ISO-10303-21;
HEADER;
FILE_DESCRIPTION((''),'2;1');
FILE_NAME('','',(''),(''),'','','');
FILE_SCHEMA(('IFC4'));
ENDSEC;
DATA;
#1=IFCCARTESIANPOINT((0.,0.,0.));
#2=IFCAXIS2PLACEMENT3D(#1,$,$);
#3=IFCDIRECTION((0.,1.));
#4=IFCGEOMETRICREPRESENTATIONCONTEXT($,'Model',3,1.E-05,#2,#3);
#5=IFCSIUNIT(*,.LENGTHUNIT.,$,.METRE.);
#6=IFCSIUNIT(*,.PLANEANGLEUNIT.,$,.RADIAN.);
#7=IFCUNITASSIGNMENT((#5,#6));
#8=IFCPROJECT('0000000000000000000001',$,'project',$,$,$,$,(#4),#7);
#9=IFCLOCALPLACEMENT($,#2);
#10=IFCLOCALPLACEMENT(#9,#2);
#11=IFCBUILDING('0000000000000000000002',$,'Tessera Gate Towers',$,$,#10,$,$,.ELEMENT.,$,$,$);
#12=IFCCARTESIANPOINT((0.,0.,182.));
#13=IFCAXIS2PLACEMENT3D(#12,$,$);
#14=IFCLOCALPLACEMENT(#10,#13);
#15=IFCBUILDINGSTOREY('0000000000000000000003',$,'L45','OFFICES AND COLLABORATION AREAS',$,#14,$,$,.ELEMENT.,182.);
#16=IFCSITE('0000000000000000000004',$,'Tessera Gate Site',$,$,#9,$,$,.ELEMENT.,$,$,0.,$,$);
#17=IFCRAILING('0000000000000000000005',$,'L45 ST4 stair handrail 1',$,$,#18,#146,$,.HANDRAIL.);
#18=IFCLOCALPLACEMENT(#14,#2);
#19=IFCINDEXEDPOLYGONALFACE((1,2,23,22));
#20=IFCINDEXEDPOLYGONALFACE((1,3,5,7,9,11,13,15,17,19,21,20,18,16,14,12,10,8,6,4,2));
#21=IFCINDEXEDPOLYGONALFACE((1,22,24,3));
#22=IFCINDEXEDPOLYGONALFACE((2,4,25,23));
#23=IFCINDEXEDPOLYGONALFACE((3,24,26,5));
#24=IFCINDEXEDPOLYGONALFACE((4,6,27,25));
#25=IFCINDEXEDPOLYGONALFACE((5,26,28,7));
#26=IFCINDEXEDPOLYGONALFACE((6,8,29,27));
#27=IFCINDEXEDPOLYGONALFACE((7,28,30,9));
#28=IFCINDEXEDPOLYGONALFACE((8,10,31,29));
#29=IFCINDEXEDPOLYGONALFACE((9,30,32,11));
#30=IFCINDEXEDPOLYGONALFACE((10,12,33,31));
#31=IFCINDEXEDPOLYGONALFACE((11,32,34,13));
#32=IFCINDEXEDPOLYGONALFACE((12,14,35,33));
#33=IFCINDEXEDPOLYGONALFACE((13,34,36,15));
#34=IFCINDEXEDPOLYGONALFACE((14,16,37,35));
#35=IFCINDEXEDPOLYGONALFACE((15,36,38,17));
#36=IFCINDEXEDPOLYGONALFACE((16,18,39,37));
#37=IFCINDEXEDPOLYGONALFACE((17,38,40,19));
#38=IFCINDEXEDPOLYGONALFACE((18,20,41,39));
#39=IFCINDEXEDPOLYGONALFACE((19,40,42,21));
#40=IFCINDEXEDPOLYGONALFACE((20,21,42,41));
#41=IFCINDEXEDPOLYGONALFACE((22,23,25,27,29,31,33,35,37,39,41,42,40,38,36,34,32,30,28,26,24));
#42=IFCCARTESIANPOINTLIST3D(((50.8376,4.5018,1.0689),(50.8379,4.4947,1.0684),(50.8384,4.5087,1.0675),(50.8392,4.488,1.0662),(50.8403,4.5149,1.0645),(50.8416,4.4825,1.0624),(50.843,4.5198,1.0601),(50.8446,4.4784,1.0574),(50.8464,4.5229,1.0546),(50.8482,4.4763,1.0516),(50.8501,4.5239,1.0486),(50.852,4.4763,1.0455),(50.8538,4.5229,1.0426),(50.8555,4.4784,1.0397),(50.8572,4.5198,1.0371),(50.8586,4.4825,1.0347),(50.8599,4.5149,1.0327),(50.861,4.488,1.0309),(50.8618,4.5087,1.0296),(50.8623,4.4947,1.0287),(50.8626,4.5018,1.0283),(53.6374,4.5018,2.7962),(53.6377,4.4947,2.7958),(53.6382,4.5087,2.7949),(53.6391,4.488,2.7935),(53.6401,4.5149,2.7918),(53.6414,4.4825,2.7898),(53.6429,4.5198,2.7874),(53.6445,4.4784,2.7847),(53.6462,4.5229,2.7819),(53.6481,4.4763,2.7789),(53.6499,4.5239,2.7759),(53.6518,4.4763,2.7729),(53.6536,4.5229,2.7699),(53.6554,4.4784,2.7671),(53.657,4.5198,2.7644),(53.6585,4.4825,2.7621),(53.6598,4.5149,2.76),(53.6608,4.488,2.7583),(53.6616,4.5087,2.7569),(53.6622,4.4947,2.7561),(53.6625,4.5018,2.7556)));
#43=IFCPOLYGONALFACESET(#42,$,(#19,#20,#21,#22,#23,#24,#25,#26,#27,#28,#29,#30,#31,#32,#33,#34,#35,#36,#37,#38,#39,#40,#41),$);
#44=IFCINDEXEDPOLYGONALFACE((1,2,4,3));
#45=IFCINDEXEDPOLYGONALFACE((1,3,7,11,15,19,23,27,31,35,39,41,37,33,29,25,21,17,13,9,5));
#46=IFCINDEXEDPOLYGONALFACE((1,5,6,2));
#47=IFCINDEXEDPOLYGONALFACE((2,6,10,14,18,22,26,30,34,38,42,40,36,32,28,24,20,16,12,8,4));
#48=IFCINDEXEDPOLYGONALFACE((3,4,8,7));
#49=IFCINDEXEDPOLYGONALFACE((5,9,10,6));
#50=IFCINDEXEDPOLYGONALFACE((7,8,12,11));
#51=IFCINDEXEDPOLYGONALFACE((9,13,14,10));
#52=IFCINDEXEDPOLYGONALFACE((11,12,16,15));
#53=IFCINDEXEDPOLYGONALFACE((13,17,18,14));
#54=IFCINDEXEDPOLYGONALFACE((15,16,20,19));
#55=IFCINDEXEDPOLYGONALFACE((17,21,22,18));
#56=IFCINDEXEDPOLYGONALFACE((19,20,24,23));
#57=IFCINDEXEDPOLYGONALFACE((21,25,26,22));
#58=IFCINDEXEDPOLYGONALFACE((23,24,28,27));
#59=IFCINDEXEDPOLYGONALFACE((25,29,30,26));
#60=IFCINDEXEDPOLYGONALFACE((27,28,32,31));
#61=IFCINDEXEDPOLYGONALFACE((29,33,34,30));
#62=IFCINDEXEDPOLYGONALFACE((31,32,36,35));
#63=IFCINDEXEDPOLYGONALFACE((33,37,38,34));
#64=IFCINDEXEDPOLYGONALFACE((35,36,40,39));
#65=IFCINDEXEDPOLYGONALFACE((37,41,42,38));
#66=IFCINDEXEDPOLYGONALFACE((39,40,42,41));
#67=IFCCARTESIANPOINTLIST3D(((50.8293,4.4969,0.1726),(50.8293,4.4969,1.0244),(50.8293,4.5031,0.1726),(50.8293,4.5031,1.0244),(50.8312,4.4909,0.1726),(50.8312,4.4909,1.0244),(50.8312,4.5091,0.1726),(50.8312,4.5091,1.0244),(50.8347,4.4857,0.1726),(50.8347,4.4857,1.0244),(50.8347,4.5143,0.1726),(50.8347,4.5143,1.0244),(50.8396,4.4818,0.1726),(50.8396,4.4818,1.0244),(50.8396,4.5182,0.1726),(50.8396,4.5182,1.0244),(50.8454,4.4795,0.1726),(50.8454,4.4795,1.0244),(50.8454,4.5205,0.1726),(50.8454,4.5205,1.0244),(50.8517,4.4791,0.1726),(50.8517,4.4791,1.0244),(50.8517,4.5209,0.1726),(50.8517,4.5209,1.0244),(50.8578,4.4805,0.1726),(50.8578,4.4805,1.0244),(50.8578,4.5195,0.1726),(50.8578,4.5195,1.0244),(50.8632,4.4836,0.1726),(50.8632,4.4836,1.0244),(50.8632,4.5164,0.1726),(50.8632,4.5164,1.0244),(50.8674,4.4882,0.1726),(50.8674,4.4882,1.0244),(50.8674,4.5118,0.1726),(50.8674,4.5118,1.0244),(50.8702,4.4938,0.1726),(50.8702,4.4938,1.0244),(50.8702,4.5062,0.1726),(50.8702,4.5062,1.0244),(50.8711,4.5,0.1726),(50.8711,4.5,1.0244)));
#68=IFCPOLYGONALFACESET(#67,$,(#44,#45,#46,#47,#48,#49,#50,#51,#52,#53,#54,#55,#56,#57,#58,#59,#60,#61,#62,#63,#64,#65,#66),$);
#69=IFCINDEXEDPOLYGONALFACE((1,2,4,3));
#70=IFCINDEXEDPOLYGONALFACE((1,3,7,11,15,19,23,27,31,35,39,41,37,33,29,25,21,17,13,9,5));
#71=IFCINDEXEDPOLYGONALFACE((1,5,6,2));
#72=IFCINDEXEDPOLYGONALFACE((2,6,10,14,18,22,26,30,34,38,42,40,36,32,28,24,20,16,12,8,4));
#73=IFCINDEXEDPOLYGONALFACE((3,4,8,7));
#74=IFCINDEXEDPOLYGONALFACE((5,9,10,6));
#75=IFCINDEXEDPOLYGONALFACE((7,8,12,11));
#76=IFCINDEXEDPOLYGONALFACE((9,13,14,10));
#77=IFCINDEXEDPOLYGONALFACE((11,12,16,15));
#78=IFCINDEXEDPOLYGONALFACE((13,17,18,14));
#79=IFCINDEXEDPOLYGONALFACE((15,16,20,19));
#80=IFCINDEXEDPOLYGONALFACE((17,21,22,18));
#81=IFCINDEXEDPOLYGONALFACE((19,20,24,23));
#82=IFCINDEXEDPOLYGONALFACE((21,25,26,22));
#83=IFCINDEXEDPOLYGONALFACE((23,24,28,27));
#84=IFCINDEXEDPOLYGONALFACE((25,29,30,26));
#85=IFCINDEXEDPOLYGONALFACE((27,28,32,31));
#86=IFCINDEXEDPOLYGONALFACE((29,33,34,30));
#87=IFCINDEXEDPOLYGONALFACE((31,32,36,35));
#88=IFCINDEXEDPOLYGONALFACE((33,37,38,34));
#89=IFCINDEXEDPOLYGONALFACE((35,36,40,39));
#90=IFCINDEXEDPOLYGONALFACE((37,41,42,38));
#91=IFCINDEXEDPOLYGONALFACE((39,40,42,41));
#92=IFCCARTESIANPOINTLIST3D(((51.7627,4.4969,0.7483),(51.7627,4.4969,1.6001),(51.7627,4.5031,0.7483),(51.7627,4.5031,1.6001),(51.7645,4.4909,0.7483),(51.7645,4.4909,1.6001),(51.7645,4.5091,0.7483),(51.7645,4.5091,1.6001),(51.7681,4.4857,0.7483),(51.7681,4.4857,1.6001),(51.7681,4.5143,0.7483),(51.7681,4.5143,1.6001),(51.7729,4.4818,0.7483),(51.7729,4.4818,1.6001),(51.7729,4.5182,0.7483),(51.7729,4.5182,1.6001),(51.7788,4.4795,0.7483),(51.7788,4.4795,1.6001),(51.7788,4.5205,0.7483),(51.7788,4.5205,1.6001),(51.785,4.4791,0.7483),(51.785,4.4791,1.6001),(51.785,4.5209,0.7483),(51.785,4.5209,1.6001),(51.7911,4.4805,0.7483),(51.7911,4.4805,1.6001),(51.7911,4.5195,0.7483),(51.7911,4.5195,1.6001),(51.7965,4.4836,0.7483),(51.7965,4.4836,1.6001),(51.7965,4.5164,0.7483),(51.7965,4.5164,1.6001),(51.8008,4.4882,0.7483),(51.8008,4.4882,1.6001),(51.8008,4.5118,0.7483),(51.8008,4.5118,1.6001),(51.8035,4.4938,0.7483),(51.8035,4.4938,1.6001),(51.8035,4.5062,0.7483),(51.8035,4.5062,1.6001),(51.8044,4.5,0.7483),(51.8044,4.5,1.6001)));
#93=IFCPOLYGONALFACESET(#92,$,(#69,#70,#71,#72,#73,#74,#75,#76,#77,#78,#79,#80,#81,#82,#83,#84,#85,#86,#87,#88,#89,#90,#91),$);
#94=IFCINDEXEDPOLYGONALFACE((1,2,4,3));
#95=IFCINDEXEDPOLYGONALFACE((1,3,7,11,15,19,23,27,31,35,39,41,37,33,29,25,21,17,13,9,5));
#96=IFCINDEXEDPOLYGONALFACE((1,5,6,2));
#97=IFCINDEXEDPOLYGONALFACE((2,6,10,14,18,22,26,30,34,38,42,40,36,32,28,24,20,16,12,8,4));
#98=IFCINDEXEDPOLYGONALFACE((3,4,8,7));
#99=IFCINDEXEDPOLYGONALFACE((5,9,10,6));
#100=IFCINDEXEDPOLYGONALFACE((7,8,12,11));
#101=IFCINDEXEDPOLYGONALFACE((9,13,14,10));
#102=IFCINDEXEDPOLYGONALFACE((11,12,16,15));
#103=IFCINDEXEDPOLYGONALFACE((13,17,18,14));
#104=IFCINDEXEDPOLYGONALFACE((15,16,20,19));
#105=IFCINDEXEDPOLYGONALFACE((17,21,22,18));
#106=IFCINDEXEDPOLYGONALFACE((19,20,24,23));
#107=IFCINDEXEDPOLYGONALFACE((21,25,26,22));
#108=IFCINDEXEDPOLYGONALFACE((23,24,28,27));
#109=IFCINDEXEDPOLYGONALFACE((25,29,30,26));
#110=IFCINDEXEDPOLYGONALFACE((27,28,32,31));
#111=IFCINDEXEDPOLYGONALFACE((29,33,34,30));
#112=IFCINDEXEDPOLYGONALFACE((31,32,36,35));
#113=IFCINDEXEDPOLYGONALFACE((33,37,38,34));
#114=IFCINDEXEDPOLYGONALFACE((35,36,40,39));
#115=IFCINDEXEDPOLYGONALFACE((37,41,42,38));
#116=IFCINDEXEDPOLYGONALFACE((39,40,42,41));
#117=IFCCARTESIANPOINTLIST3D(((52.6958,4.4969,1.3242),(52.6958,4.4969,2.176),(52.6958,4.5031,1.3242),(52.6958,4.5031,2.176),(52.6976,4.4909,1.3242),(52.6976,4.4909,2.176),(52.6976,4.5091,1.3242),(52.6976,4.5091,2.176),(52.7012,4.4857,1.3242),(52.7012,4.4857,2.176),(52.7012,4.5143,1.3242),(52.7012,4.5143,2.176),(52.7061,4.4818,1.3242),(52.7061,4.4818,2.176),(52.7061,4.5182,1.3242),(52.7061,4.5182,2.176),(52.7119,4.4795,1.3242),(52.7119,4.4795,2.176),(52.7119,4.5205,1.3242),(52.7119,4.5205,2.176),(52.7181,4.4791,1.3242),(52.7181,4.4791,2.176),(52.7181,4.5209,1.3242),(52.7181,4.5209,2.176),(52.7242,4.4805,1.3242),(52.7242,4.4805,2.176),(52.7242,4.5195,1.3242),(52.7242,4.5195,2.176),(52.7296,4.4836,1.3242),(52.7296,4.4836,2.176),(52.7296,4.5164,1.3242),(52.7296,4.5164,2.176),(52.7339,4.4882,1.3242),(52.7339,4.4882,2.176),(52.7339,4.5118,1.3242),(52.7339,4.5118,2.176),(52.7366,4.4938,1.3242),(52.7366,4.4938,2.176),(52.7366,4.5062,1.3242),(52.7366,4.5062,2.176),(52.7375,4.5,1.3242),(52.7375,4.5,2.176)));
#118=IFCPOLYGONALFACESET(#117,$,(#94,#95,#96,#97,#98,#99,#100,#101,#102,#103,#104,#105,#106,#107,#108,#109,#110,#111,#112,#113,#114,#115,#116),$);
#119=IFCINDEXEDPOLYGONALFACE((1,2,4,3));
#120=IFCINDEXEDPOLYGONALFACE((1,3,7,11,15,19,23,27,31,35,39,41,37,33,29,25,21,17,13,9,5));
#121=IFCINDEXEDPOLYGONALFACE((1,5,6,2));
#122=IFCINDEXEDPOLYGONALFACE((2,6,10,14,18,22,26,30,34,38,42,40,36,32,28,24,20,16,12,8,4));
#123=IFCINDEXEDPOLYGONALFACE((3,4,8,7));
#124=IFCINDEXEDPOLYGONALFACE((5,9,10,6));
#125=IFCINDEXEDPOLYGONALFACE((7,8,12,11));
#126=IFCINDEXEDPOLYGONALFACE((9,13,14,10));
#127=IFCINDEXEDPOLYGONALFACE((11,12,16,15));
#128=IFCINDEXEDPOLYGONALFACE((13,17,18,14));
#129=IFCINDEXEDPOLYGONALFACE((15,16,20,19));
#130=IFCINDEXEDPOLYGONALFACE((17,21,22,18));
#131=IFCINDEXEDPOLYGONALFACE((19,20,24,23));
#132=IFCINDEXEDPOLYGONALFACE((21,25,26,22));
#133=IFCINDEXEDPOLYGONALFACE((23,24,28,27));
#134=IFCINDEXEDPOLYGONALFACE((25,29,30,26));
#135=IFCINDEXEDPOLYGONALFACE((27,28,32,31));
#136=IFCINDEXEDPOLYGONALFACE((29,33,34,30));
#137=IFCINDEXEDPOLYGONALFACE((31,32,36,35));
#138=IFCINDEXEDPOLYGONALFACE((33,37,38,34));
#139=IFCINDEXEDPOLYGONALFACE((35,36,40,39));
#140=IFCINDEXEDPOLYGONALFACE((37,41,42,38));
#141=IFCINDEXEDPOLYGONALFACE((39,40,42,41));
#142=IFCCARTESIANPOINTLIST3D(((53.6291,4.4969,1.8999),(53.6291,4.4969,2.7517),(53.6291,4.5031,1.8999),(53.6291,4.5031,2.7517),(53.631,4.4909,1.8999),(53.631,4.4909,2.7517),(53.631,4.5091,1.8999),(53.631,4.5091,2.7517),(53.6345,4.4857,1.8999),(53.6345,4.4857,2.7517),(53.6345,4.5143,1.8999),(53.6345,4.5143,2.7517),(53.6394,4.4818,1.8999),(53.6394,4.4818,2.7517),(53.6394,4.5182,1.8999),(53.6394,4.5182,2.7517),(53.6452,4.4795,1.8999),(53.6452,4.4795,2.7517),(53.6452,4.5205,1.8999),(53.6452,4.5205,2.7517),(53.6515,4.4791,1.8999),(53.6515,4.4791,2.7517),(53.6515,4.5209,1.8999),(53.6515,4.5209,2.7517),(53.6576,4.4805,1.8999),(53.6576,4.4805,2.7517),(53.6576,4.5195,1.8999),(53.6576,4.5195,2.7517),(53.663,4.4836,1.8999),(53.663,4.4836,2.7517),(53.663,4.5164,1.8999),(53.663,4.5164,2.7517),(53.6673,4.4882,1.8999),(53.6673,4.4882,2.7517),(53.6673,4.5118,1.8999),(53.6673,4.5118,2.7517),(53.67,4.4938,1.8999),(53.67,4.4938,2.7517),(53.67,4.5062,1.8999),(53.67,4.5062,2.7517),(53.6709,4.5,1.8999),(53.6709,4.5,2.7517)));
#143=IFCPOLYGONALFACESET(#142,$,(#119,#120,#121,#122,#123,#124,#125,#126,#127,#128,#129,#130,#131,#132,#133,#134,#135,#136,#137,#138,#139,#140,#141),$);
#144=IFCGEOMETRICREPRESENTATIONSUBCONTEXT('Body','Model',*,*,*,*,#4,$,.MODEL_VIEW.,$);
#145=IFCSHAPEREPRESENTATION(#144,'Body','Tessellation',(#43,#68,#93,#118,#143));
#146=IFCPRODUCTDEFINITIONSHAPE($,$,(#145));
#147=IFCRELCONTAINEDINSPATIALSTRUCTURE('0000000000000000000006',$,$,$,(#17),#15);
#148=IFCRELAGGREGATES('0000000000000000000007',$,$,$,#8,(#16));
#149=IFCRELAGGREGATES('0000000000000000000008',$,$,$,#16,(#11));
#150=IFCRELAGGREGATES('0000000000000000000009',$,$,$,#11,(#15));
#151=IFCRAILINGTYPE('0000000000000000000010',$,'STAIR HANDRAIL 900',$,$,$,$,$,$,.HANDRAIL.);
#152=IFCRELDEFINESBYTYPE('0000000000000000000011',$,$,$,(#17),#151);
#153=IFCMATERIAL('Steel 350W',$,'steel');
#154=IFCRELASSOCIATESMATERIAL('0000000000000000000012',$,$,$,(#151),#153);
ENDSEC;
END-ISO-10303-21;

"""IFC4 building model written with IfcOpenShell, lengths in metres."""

from ifc_helpers import new_model, si_unit, direction, frame, origin, origin_2d, place, context, subcontext, project, spatial, circle, extrude, material, type_object, element, save


model = new_model("IFC4")

# Units and contexts
model_context = context("Model", 3, precision=1e-05, world=origin(), true_north=direction((0.0, 1.0)))
body_context = subcontext(model_context, "Body", "Model", "MODEL_VIEW")
ifc_project = project(units=[si_unit("LENGTHUNIT", "METRE"), si_unit("PLANEANGLEUNIT", "RADIAN")], contexts=[model_context])

# Site, building, storey
site_placement = place(None, origin())
site = spatial("IfcSite", under=ifc_project, at=site_placement, Name="Tessera Gate Site", CompositionType="ELEMENT", RefElevation=0.0)
building_placement = place(site_placement, origin())
building = spatial("IfcBuilding", under=site, at=building_placement, Name="Tessera Gate Towers", CompositionType="ELEMENT")
storey_placement = place(building_placement, frame((0.0, 0.0, 182.0)))
storey = spatial("IfcBuildingStorey", under=building, at=storey_placement, Name="L45", Description="OFFICES AND COLLABORATION AREAS", CompositionType="ELEMENT", Elevation=182.0)

# Railing
ifc_material_1 = material(Name="Steel 350W", Category="steel")
railing_type_1 = type_object("IfcRailingType", Name="STAIR HANDRAIL 900", PredefinedType="HANDRAIL", material=ifc_material_1)
railing_1_placement = place(storey_placement, frame((50.8501, 4.5, 0.1726)))
element("IfcRailing", 1, at=railing_1_placement, inside=storey, type_object=railing_type_1, Name="L45 ST4 stair handrail 1", PredefinedType="HANDRAIL", context=body_context, shape_type="SweptSolid", body=[
    extrude(circle(Radius=0.0239, at=origin_2d()), frame((0.0, 0.0, 0.876), z_axis=(0.851069, 0.0, 0.525054), x_axis=(0.0, 1.0, 0.0)), (0.0, 0.0, 1.0), 3.2898),
    extrude(circle(Radius=0.021, at=origin_2d()), origin(), (0.0, 0.0, 1.0), 0.8518),
    extrude(circle(Radius=0.021, at=origin_2d()), frame((0.9333, 0.0, 0.5757)), (0.0, 0.0, 1.0), 0.8518),
    extrude(circle(Radius=0.021, at=origin_2d()), frame((1.8665, 0.0, 1.1516)), (0.0, 0.0, 1.0), 0.8518),
    extrude(circle(Radius=0.021, at=origin_2d()), frame((2.7998, 0.0, 1.7273)), (0.0, 0.0, 1.0), 0.8518),
])

save(model, "model.ifc")
